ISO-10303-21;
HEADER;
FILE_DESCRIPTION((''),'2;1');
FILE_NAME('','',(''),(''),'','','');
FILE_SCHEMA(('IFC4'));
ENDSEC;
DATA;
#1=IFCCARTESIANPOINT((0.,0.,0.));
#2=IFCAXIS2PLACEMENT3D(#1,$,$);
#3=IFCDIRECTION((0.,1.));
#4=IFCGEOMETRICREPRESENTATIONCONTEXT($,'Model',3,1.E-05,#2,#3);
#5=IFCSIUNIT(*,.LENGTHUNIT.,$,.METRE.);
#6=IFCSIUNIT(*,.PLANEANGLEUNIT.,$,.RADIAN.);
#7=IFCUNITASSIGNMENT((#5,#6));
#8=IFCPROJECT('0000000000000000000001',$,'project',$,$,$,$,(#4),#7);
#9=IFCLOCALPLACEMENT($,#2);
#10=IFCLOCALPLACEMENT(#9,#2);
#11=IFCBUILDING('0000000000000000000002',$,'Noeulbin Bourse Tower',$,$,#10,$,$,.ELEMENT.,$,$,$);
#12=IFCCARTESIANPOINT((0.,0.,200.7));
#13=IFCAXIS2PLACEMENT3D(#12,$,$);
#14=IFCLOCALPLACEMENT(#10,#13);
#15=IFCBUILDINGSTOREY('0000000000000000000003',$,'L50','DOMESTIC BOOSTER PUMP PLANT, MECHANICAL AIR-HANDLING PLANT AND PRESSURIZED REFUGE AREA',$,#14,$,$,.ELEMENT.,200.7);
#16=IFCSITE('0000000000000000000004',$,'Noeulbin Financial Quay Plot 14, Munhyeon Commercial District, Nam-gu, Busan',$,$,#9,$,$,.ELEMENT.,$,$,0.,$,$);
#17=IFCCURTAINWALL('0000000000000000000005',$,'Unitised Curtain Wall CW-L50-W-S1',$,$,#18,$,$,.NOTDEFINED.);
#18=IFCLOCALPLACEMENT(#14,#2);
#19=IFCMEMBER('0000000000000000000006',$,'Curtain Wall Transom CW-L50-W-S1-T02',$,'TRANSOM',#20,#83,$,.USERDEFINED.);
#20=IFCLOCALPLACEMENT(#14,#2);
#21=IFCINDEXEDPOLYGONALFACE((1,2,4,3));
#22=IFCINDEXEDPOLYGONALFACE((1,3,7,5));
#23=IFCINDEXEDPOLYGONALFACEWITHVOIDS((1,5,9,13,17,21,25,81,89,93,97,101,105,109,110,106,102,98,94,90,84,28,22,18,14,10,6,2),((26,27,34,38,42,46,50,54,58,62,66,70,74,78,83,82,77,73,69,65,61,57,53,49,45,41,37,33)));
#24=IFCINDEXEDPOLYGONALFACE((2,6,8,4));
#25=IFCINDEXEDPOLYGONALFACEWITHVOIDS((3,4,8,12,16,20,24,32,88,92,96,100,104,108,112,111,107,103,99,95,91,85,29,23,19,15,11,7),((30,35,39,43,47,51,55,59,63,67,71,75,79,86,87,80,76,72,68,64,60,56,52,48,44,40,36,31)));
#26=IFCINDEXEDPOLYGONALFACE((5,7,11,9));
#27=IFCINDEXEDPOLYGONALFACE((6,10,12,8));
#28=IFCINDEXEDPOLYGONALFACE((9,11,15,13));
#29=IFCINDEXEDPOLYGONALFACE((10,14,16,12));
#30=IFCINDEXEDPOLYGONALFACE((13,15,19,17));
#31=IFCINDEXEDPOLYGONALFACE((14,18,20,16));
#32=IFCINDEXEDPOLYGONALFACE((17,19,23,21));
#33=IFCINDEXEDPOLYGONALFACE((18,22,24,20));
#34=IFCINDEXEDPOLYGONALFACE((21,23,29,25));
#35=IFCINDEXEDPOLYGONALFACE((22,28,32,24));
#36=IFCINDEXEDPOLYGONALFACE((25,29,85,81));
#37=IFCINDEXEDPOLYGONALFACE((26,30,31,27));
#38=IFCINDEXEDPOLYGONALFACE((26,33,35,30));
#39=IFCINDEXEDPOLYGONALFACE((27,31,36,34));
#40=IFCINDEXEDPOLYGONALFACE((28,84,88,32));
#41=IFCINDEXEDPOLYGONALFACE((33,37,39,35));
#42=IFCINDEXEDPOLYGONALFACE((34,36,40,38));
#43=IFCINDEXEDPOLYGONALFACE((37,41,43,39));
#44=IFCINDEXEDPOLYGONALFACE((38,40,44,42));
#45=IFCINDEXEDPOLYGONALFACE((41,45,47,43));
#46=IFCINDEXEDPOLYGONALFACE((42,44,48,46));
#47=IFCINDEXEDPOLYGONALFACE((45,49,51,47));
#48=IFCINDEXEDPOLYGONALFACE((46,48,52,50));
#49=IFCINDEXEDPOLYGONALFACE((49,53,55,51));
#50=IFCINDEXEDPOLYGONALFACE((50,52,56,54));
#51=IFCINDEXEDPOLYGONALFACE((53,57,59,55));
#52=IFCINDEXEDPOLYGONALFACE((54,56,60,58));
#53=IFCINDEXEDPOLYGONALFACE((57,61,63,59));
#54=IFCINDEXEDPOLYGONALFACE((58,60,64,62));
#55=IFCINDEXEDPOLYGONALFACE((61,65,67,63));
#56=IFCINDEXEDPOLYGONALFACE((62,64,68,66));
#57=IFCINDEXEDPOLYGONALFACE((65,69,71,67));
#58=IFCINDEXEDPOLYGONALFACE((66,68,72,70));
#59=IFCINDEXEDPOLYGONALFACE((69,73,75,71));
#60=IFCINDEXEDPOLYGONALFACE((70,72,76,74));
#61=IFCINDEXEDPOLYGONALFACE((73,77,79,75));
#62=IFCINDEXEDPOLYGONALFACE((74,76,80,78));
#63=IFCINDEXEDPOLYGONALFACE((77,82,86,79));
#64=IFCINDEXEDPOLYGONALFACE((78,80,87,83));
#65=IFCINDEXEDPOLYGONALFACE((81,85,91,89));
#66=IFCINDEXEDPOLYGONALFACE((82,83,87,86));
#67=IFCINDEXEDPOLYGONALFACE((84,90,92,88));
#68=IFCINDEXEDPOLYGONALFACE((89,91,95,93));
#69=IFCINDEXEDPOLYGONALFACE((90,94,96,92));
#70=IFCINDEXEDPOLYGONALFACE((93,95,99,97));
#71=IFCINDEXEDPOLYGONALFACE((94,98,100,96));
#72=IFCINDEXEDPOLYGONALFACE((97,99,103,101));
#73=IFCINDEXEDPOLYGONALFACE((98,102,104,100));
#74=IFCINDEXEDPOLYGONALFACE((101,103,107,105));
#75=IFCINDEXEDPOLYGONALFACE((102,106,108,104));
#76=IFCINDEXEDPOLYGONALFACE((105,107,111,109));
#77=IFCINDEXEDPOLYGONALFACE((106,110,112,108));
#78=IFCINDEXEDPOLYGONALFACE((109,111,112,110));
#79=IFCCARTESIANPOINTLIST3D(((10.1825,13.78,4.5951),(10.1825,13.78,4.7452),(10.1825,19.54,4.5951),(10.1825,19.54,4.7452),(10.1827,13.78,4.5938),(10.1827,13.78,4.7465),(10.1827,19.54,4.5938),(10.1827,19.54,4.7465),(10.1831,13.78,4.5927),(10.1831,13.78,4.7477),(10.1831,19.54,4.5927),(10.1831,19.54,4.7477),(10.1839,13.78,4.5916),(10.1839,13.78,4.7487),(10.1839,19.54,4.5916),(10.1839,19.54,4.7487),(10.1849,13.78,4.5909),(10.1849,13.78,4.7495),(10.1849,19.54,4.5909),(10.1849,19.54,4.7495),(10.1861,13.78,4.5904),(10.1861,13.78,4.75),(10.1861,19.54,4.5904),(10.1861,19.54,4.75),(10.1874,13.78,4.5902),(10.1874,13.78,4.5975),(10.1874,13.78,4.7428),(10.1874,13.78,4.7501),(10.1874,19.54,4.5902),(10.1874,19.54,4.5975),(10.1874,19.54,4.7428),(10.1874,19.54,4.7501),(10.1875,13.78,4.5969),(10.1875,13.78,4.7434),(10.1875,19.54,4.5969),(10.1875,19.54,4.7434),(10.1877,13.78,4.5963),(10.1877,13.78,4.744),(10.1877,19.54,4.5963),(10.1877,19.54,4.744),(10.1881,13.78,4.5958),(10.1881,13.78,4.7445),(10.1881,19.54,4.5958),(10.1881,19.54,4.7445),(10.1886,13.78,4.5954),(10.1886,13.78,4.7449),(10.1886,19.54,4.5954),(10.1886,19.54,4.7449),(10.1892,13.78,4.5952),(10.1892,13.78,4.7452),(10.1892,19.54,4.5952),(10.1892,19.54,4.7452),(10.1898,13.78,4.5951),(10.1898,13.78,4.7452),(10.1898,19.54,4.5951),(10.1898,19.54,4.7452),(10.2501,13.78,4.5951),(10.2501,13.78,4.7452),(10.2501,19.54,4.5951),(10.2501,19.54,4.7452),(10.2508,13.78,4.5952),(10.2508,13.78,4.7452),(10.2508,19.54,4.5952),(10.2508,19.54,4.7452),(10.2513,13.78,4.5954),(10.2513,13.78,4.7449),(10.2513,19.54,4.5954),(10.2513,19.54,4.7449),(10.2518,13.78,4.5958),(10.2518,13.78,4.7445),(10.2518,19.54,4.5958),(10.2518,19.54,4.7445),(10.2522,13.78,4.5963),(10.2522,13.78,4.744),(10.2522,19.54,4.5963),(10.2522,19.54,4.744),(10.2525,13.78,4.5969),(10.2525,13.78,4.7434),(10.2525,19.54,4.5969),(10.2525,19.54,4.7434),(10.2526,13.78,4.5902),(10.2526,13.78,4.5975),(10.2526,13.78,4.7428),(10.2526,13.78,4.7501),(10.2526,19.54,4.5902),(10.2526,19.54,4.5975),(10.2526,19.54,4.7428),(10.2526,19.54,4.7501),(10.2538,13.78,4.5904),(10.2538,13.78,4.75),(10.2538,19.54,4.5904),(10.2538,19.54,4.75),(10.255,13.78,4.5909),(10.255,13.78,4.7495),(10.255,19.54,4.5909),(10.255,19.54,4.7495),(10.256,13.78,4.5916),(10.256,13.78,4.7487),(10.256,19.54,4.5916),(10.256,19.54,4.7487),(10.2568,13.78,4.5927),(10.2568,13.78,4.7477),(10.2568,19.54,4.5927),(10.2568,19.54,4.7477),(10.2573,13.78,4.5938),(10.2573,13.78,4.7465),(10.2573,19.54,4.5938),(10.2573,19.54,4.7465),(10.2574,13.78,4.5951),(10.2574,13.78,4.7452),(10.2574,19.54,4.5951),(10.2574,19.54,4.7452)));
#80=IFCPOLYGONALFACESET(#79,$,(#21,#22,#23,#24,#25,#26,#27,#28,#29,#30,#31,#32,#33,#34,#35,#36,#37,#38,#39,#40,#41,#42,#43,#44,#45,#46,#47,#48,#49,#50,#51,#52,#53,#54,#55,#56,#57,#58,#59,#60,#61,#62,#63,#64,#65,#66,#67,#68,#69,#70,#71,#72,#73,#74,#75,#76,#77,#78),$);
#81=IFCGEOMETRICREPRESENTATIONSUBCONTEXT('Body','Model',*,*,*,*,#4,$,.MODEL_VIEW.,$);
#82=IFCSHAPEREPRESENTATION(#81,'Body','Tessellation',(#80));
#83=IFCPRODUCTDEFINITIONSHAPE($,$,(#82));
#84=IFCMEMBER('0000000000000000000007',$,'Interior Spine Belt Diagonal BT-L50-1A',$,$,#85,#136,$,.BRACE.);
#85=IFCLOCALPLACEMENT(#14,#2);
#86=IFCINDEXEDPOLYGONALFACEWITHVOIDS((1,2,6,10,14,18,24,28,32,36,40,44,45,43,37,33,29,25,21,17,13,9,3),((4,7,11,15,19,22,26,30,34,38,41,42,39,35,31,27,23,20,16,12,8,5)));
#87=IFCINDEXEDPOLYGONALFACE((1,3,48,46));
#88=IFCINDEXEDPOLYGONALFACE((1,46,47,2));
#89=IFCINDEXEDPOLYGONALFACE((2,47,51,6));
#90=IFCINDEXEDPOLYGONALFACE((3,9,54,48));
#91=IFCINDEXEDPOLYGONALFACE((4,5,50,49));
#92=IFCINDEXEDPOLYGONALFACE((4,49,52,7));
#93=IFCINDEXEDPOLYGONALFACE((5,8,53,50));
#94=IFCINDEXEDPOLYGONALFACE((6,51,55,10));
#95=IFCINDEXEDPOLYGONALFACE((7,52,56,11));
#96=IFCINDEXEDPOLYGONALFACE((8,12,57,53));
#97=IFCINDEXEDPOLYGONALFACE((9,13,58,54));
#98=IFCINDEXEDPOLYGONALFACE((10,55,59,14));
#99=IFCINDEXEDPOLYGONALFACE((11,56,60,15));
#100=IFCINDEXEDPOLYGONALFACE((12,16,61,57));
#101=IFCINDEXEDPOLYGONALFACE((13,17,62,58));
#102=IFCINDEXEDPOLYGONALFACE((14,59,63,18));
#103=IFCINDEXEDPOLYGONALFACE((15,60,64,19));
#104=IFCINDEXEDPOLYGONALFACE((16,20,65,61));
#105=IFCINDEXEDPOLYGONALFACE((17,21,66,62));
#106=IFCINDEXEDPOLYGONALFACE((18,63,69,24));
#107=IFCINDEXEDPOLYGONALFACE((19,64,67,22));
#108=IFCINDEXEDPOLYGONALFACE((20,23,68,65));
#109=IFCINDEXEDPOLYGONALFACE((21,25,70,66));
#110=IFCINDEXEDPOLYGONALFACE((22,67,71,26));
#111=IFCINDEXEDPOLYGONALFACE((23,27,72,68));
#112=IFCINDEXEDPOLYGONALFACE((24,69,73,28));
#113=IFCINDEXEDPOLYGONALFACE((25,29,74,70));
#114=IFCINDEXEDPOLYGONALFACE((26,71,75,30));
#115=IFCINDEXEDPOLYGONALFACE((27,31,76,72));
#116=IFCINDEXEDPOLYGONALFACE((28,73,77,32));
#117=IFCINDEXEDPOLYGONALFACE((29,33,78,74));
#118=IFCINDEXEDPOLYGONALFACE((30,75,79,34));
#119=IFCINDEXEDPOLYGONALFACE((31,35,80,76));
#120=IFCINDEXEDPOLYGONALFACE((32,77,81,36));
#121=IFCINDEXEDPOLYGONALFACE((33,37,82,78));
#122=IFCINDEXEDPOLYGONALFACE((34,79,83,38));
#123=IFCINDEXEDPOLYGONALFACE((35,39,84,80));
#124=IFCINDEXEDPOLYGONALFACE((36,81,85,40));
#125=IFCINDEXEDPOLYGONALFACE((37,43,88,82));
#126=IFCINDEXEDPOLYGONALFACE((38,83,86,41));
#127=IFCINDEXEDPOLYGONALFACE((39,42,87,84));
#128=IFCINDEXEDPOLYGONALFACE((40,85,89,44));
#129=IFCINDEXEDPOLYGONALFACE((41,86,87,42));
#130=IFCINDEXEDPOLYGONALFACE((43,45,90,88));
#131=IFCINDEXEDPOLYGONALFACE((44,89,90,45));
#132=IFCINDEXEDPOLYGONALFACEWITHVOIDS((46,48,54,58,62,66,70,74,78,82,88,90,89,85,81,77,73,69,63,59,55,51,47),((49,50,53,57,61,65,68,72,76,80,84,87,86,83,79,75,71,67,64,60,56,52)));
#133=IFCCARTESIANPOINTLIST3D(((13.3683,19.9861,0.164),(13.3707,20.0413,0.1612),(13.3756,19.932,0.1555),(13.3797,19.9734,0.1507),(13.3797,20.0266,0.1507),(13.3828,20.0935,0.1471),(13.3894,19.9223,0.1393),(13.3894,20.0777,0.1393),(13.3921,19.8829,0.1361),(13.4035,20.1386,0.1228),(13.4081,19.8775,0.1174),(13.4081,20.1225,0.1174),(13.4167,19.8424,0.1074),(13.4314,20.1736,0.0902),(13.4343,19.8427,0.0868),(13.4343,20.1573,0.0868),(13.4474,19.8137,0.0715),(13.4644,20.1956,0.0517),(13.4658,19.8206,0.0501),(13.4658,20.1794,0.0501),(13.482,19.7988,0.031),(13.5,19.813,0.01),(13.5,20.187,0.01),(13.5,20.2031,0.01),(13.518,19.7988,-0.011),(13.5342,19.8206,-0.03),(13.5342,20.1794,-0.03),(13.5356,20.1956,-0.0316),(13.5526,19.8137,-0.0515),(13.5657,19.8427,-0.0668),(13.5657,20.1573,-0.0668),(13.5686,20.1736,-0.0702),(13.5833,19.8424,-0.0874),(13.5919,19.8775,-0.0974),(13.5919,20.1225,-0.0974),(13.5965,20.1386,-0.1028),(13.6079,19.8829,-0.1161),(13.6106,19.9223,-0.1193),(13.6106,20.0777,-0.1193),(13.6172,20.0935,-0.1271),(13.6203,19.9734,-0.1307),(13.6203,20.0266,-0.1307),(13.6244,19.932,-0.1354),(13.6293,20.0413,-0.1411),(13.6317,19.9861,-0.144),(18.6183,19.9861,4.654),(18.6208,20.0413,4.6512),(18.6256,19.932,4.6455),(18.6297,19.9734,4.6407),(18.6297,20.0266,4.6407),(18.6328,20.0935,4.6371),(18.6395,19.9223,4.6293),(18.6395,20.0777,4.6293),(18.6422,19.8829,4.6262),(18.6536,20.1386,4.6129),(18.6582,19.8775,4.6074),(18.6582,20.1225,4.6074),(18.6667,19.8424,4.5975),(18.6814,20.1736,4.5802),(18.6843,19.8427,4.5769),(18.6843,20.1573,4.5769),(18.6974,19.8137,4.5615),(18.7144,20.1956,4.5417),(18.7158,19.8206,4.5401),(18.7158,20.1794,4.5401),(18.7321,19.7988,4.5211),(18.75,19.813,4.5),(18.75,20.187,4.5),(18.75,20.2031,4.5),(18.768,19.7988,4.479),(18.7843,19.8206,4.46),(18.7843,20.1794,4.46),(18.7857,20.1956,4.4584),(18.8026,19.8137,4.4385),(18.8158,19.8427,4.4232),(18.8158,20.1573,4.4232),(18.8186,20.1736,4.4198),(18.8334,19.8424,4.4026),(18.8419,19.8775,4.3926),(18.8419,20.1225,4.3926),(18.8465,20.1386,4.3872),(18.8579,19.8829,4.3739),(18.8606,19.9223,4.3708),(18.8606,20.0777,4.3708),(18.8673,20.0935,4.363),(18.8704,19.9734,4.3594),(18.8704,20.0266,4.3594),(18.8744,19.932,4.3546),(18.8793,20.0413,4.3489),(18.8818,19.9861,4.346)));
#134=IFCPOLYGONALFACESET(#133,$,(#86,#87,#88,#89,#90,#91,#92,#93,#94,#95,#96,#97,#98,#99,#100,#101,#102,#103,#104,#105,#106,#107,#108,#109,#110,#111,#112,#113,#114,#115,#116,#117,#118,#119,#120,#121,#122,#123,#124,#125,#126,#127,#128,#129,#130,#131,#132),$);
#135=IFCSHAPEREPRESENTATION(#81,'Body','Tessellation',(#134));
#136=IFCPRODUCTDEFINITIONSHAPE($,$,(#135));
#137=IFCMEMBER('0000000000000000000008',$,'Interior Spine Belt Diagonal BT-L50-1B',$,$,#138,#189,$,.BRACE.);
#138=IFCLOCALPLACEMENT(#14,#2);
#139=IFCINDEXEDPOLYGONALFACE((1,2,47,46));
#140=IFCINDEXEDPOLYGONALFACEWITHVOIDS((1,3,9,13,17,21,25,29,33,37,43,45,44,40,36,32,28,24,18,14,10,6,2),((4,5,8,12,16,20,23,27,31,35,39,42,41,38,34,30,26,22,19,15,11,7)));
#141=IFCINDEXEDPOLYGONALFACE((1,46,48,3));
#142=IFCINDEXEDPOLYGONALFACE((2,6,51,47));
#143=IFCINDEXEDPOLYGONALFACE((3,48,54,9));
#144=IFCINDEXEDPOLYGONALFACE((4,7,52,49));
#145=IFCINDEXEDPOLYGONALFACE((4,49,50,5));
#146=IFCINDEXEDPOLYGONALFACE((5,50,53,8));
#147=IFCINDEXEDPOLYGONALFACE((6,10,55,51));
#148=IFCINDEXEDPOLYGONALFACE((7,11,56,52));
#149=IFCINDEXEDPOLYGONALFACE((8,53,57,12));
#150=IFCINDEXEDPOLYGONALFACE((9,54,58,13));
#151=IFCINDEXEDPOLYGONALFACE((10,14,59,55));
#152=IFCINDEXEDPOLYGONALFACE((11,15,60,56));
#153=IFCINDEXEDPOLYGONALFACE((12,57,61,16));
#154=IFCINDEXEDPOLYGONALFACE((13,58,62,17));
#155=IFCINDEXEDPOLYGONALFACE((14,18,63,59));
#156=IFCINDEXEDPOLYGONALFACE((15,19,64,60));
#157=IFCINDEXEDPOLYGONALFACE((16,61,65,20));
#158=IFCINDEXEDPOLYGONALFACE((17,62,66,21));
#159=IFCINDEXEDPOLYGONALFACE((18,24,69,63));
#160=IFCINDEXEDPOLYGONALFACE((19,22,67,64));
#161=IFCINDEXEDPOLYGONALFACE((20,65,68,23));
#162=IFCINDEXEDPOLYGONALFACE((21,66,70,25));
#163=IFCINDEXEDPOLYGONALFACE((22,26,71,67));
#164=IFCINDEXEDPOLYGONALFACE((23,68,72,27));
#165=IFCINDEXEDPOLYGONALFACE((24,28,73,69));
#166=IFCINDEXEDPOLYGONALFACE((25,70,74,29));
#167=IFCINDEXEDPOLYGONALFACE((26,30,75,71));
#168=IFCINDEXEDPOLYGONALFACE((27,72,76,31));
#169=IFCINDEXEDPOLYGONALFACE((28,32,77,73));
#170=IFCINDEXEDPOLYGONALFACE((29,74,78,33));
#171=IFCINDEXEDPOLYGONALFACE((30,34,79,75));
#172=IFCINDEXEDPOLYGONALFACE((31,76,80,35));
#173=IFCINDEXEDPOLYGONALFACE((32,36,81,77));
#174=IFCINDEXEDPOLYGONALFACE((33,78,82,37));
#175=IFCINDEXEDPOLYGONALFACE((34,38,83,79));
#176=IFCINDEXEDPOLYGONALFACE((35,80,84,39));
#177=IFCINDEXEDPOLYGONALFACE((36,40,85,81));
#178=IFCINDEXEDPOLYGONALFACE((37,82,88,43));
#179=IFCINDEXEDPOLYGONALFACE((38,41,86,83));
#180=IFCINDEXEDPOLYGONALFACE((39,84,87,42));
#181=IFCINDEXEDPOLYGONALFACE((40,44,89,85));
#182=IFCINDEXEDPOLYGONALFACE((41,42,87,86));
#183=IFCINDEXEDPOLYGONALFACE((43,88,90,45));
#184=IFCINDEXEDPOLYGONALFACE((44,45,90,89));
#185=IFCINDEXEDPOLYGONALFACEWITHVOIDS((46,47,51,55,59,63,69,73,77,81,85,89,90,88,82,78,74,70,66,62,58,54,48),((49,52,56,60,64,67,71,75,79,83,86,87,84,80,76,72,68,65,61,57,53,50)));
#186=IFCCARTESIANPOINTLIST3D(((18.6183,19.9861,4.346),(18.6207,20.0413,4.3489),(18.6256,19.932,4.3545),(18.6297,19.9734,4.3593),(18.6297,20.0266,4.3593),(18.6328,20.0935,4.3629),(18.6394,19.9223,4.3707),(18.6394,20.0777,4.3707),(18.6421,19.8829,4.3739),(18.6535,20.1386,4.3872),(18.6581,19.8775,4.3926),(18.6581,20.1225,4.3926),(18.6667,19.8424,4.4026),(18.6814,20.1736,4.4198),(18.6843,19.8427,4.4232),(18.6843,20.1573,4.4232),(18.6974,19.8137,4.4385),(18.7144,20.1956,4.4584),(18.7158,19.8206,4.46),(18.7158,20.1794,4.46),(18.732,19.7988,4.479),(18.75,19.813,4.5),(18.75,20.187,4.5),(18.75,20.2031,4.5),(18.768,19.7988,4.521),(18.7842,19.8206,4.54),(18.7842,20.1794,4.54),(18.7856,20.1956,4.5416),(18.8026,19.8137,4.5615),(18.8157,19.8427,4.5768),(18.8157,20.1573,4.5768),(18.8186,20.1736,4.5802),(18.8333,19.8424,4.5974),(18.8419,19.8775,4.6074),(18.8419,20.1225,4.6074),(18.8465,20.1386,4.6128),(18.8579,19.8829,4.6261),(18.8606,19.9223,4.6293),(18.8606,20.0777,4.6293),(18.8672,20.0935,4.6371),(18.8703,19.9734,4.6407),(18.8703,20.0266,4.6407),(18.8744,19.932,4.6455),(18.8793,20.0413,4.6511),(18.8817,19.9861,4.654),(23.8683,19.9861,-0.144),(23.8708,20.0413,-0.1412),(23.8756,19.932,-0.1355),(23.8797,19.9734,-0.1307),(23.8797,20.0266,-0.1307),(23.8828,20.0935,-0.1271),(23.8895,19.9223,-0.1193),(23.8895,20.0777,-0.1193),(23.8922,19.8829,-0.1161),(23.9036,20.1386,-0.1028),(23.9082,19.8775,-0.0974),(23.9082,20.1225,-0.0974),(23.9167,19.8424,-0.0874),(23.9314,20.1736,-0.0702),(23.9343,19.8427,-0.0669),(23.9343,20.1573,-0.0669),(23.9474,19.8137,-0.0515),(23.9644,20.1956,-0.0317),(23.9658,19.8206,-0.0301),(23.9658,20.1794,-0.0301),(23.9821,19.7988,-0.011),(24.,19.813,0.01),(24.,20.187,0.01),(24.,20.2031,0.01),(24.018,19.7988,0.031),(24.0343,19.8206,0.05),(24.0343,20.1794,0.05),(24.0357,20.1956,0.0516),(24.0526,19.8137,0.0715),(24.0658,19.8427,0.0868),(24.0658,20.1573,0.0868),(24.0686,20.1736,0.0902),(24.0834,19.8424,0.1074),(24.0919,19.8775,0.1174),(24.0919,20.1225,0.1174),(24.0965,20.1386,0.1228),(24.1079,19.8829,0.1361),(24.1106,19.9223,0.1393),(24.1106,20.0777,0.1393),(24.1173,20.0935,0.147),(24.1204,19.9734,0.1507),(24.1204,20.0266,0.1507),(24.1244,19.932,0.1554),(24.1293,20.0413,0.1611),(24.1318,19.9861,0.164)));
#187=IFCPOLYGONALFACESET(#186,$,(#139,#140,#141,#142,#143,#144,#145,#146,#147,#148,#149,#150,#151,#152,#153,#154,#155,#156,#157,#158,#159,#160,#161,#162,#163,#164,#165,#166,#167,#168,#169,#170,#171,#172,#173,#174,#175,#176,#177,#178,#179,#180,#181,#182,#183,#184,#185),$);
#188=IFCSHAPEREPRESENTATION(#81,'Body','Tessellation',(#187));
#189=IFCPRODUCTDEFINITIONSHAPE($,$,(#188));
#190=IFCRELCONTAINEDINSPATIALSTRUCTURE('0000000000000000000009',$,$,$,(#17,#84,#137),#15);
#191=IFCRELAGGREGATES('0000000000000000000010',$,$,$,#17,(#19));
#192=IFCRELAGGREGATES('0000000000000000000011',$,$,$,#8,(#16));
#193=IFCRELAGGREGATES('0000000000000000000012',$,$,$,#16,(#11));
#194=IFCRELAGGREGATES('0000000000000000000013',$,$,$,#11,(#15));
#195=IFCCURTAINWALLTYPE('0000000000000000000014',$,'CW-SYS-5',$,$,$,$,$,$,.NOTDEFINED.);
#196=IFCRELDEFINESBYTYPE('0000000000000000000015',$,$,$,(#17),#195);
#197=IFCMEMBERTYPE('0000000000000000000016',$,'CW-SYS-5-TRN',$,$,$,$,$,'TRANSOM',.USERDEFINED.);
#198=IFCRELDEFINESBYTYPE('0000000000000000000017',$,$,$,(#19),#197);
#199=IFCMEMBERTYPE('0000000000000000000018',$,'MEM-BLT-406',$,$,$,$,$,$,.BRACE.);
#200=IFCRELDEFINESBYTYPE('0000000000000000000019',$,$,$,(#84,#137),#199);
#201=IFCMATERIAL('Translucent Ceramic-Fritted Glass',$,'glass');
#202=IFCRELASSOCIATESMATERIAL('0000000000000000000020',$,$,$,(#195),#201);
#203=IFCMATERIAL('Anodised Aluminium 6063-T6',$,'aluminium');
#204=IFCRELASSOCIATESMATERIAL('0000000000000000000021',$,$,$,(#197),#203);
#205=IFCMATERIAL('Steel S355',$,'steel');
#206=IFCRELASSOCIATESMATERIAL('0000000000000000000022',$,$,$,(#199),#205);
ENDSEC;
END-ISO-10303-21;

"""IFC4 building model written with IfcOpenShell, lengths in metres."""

from ifc_helpers import new_model, si_unit, direction, frame, origin, origin_2d, place, context, subcontext, project, spatial, hollow_rectangle, hollow_circle, extrude, material, material_profile, profile_set, type_object, element, aggregate, save


model = new_model("IFC4")

# Units and contexts
model_context = context("Model", 3, precision=1e-05, world=origin(), true_north=direction((0.0, 1.0)))
body_context = subcontext(model_context, "Body", "Model", "MODEL_VIEW")
ifc_project = project(units=[si_unit("LENGTHUNIT", "METRE"), si_unit("PLANEANGLEUNIT", "RADIAN")], contexts=[model_context])

# Site, building, storey
site_placement = place(None, origin())
site = spatial("IfcSite", under=ifc_project, at=site_placement, Name="Noeulbin Financial Quay Plot 14, Munhyeon Commercial District, Nam-gu, Busan", CompositionType="ELEMENT", RefElevation=0.0)
building_placement = place(site_placement, origin())
building = spatial("IfcBuilding", under=site, at=building_placement, Name="Noeulbin Bourse Tower", CompositionType="ELEMENT")
storey_placement = place(building_placement, frame((0.0, 0.0, 200.7)))
storey = spatial("IfcBuildingStorey", under=building, at=storey_placement, Name="L50", Description="DOMESTIC BOOSTER PUMP PLANT, MECHANICAL AIR-HANDLING PLANT AND PRESSURIZED REFUGE AREA", CompositionType="ELEMENT", Elevation=200.7)

# Shared definitions
ifc_material_1 = material(Name="Steel S355", Category="steel")

# Curtain wall, member
ifc_material_2 = material(Name="Translucent Ceramic-Fritted Glass", Category="glass")
curtain_wall_type = type_object("IfcCurtainWallType", Name="CW-SYS-5", PredefinedType="NOTDEFINED", material=ifc_material_2)
curtain_wall_placement = place(storey_placement, origin())
curtain_wall = element("IfcCurtainWall", 1, at=curtain_wall_placement, inside=storey, type_object=curtain_wall_type, Name="Unitised Curtain Wall CW-L50-W-S1", PredefinedType="NOTDEFINED")
ifc_material_3 = material(Name="Anodised Aluminium 6063-T6", Category="aluminium")
ifc_material_profile_1 = material_profile(ifc_material_3, hollow_rectangle(XDim=0.075, YDim=0.1599, WallThickness=0.0049, InnerFilletRadius=0.0024, OuterFilletRadius=0.0049, at=origin_2d()), Name="ALU-TRAN-75x160x5", Category="LoadBearing")
ifc_profile_set_1 = profile_set([ifc_material_profile_1], Name="Anodised Aluminium 6063-T6")
member_type_1 = type_object("IfcMemberType", Name="CW-SYS-5-TRN", ElementType="TRANSOM", PredefinedType="USERDEFINED", material=ifc_profile_set_1)
member_1_placement = place(storey_placement, frame((10.22, 13.78, 4.6702), z_axis=(0.0, 1.0, 0.0), x_axis=(-1.0, 0.0, 0.0)))
member_1 = element("IfcMember", 2, at=member_1_placement, type_object=member_type_1, Name="Curtain Wall Transom CW-L50-W-S1-T02", ObjectType="TRANSOM", PredefinedType="USERDEFINED", context=body_context, shape_type="SweptSolid", body=[
    extrude(hollow_rectangle(XDim=0.075, YDim=0.1599, WallThickness=0.0049, InnerFilletRadius=0.0024, OuterFilletRadius=0.0049, at=origin_2d()), origin(), (0.0, 0.0, 1.0), 5.76),
])

# Members
ifc_material_profile_2 = material_profile(ifc_material_1, hollow_circle(Radius=0.2031, WallThickness=0.0161, at=origin_2d()), Name="CHS-406.4x16.0", Category="LoadBearing")
ifc_profile_set_2 = profile_set([ifc_material_profile_2], Name="Steel S355")
member_type_2 = type_object("IfcMemberType", Name="MEM-BLT-406", PredefinedType="BRACE", material=ifc_profile_set_2)
for number, where, z_axis, x_axis, name in (
    (3, (13.5, 20.0, 0.01), (0.759972, 0.0, 0.649956), (0.0, 1.0, 0.0), "Interior Spine Belt Diagonal BT-L50-1A"),
    (4, (18.75, 20.0, 4.5), (0.759972, 0.0, -0.649956), (0.0, 1.0, 0.0), "Interior Spine Belt Diagonal BT-L50-1B"),
):
    element("IfcMember", number, at=place(storey_placement, frame(where, z_axis=z_axis, x_axis=x_axis)), inside=storey, type_object=member_type_2, Name=name, PredefinedType="BRACE", context=body_context, shape_type="SweptSolid", body=[
        extrude(hollow_circle(Radius=0.2031, WallThickness=0.0161, at=origin_2d()), origin(), (0.0, 0.0, 1.0), 6.9082),
    ])

aggregate(curtain_wall, [member_1])

save(model, "model.ifc")
